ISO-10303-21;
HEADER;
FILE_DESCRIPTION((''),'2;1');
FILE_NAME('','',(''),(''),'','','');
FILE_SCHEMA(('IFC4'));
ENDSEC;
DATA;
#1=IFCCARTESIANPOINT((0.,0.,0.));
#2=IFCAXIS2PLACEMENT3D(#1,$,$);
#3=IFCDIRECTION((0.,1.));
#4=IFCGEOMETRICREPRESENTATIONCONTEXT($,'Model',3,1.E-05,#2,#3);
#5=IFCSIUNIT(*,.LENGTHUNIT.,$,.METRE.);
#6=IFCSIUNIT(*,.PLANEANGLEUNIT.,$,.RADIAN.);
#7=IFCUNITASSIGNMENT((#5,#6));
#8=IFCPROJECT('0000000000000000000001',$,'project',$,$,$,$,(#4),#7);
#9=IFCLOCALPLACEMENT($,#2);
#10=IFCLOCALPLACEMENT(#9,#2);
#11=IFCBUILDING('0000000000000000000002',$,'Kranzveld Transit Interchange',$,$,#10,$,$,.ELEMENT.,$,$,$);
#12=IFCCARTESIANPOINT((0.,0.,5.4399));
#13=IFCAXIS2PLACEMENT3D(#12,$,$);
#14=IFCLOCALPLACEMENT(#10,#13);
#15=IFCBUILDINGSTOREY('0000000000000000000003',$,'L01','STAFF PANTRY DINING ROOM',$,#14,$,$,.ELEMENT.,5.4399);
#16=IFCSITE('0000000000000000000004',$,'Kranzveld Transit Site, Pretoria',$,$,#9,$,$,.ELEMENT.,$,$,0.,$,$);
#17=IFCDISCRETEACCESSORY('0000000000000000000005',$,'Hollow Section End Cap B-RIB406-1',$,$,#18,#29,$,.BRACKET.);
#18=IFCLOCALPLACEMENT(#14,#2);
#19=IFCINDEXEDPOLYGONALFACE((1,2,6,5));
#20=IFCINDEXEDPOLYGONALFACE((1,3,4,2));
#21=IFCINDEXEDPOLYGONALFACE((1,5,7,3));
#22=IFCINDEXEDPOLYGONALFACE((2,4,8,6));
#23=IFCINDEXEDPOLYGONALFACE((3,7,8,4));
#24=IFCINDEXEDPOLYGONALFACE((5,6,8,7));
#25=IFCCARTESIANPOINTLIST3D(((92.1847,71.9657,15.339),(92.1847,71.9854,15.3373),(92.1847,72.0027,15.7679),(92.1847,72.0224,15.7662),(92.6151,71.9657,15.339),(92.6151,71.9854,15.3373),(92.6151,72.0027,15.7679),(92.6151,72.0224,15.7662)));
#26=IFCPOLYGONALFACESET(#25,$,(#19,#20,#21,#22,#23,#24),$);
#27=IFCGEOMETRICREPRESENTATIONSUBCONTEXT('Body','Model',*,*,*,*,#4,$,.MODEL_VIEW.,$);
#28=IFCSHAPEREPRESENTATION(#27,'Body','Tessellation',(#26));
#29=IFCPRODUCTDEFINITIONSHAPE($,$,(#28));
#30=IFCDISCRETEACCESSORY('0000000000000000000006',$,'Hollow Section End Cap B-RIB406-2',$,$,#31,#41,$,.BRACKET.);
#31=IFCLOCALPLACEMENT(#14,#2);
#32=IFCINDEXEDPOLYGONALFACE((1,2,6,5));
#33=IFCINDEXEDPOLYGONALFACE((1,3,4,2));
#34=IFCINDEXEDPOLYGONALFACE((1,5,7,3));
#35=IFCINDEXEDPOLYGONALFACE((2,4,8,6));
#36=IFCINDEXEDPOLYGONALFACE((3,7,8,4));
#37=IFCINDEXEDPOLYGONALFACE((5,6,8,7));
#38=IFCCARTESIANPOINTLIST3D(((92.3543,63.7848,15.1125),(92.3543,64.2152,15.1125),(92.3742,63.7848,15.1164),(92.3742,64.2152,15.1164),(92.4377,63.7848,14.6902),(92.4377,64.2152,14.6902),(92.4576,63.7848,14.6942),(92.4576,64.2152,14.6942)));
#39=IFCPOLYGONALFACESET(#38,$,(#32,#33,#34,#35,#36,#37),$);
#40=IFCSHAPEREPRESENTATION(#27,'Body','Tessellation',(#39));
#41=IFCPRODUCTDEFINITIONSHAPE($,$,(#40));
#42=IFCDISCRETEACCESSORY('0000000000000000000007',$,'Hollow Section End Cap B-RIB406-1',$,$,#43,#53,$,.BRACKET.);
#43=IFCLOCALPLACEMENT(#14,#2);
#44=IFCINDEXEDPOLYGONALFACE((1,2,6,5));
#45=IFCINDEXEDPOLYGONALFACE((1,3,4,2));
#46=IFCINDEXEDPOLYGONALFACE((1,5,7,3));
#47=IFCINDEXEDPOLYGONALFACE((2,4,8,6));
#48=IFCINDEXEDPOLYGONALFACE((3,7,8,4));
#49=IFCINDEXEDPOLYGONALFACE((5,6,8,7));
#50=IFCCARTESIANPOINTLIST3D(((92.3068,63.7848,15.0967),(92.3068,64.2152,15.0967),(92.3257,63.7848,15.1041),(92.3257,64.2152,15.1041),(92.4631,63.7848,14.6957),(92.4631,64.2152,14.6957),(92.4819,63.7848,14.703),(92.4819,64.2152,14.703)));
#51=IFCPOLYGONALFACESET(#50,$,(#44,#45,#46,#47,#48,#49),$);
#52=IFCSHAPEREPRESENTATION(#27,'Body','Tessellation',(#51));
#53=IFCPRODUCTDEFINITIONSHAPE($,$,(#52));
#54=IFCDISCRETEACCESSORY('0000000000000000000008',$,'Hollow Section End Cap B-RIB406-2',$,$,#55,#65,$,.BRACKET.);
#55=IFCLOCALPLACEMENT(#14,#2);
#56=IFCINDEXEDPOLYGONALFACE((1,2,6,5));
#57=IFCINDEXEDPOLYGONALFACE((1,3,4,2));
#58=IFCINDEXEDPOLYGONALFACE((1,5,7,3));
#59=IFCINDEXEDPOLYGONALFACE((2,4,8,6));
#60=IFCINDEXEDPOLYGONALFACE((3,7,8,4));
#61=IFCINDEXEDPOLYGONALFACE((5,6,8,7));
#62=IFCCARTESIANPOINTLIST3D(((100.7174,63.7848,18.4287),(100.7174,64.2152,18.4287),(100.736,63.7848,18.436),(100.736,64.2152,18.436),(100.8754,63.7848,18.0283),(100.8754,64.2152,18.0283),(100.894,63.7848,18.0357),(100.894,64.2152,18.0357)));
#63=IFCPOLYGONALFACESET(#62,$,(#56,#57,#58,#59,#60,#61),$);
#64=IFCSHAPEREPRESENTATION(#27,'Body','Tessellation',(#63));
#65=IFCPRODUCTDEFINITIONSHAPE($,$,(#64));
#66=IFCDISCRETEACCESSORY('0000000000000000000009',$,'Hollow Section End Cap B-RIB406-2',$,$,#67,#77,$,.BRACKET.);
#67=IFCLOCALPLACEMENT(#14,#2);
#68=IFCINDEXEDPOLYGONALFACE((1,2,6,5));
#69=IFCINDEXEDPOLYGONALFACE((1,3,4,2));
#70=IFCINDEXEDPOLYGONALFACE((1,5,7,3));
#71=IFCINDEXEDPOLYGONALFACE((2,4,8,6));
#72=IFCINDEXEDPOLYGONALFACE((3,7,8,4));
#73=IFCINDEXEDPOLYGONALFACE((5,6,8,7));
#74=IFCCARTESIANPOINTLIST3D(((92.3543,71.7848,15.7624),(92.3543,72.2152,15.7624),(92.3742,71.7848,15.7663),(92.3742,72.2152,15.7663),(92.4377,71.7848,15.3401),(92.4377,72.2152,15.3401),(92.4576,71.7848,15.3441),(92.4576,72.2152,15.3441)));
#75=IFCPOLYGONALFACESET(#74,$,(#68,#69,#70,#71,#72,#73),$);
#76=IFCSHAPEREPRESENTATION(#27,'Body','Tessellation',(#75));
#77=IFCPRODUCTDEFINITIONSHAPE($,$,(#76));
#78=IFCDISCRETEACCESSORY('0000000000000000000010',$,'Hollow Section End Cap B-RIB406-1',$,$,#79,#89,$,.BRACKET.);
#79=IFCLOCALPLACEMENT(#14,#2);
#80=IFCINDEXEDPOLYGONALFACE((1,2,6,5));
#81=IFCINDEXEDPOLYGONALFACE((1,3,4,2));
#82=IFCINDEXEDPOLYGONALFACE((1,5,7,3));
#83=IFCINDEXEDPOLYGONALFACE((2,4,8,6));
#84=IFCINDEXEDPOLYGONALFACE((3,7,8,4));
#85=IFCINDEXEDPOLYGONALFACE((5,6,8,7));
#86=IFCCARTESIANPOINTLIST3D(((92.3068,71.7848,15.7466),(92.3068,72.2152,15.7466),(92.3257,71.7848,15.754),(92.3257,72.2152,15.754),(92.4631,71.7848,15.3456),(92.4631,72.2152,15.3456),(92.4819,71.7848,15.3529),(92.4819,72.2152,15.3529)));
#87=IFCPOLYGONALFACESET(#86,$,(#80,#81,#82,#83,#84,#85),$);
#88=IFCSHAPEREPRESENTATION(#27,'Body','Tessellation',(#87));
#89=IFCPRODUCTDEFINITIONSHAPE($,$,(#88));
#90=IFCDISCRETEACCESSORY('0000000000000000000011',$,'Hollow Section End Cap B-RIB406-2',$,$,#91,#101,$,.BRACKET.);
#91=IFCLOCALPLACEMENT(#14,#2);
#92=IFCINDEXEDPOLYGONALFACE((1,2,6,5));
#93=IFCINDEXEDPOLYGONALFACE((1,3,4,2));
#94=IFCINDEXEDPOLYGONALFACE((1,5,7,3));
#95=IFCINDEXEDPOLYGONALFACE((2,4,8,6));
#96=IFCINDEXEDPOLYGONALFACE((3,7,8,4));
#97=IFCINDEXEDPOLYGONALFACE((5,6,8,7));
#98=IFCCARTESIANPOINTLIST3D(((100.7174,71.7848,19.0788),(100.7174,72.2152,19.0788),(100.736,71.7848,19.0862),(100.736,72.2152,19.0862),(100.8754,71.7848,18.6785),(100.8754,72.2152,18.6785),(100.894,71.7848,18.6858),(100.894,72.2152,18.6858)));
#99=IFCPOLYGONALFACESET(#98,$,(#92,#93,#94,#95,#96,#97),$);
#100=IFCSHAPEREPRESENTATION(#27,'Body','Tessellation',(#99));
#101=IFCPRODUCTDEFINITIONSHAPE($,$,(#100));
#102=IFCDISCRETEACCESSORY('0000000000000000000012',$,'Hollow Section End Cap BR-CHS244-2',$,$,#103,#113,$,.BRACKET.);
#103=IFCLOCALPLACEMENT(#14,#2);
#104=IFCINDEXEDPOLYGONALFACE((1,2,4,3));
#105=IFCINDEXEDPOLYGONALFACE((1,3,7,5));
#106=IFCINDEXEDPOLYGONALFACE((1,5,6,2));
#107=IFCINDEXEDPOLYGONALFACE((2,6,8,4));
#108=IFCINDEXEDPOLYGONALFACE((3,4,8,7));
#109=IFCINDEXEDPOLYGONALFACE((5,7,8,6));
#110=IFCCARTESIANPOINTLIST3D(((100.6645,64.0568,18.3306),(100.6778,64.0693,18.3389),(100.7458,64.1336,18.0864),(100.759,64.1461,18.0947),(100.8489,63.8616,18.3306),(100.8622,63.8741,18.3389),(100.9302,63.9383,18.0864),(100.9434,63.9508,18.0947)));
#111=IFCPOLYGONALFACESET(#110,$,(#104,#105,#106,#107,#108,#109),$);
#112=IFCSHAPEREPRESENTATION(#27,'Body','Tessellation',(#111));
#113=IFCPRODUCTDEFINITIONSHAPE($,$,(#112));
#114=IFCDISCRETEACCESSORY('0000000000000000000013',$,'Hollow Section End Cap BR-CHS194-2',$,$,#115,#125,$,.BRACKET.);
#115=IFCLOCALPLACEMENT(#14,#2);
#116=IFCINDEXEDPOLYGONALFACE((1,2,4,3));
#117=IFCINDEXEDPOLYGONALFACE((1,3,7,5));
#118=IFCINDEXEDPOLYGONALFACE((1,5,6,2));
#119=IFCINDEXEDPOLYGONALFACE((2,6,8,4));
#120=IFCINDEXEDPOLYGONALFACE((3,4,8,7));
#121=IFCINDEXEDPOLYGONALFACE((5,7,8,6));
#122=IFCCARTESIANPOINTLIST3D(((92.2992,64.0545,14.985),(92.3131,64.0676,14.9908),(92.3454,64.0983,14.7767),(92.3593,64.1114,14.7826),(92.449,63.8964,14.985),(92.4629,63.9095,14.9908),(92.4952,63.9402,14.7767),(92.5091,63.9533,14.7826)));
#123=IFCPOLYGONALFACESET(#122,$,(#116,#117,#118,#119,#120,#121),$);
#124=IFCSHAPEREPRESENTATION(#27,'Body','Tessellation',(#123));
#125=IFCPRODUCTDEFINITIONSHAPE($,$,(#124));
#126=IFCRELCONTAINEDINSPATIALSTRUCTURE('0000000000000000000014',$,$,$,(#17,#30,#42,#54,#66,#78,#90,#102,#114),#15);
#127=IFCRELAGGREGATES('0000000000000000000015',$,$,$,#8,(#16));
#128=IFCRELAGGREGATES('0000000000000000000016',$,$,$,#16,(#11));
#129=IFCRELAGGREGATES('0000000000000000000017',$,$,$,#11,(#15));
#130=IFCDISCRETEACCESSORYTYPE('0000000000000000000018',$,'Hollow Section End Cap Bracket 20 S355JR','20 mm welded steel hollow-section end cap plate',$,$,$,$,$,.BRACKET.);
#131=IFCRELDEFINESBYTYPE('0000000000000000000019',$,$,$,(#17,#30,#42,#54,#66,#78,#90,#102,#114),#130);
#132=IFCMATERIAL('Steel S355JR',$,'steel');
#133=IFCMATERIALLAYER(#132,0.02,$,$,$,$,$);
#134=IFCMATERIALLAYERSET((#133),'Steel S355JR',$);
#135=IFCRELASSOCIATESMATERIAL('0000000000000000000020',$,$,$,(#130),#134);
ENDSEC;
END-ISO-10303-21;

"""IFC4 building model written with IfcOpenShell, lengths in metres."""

from ifc_helpers import new_model, si_unit, direction, frame, origin, origin_2d, place, context, subcontext, project, spatial, rectangle, extrude, material, layer, layer_set, type_object, element, save


model = new_model("IFC4")

# Units and contexts
model_context = context("Model", 3, precision=1e-05, world=origin(), true_north=direction((0.0, 1.0)))
body_context = subcontext(model_context, "Body", "Model", "MODEL_VIEW")
ifc_project = project(units=[si_unit("LENGTHUNIT", "METRE"), si_unit("PLANEANGLEUNIT", "RADIAN")], contexts=[model_context])

# Site, building, storey
site_placement = place(None, origin())
site = spatial("IfcSite", under=ifc_project, at=site_placement, Name="Kranzveld Transit Site, Pretoria", CompositionType="ELEMENT", RefElevation=0.0)
building_placement = place(site_placement, origin())
building = spatial("IfcBuilding", under=site, at=building_placement, Name="Kranzveld Transit Interchange", CompositionType="ELEMENT")
storey_placement = place(building_placement, frame((0.0, 0.0, 5.4399)))
storey = spatial("IfcBuildingStorey", under=building, at=storey_placement, Name="L01", Description="STAFF PANTRY DINING ROOM", CompositionType="ELEMENT", Elevation=5.4399)

# Discrete accessories
ifc_material_1 = material(Name="Steel S355JR", Category="steel")
ifc_layer_1 = layer(ifc_material_1, 0.02)
ifc_layer_set_1 = layer_set([ifc_layer_1], Name="Steel S355JR")
discrete_accessory_type = type_object("IfcDiscreteAccessoryType", Name="Hollow Section End Cap Bracket 20 S355JR", Description="20 mm welded steel hollow-section end cap plate", PredefinedType="BRACKET", material=ifc_layer_set_1)
for number, where, z_axis, x_axis, name in (
    (1, (92.3999, 72.0039, 15.5518), (0.0, -0.996287, 0.086099), (1.0, 0.0, 0.0), "Hollow Section End Cap B-RIB406-1"),
):
    element("IfcDiscreteAccessory", number, at=place(storey_placement, frame(where, z_axis=z_axis, x_axis=x_axis)), inside=storey, type_object=discrete_accessory_type, Name=name, PredefinedType="BRACKET", context=body_context, shape_type="SweptSolid", body=[
        extrude(rectangle(XDim=0.4304, YDim=0.4304, at=origin_2d()), origin(), (0.0, 0.0, 1.0), 0.0198),
    ])
for number, where, z_axis, x_axis, name in (
    (2, (92.396, 64.0, 14.9014), (0.981044, 0.0, 0.193786), (0.0, 1.0, 0.0), "Hollow Section End Cap B-RIB406-2"),
    (3, (92.4038, 64.0, 14.9036), (-0.931777, 0.0, -0.36303), (0.0, -1.0, 0.0), "Hollow Section End Cap B-RIB406-1"),
):
    element("IfcDiscreteAccessory", number, at=place(storey_placement, frame(where, z_axis=z_axis, x_axis=x_axis)), inside=storey, type_object=discrete_accessory_type, Name=name, PredefinedType="BRACKET", context=body_context, shape_type="SweptSolid", body=[
        extrude(rectangle(XDim=0.4304, YDim=0.4304, at=origin_2d()), origin(), (0.0, 0.0, 1.0), 0.0203),
    ])
discrete_accessory_1_placement = place(storey_placement, frame((100.7964, 64.0, 18.2285), z_axis=(0.930155, 0.0, 0.367167), x_axis=(0.0, 1.0, 0.0)))
element("IfcDiscreteAccessory", 4, at=discrete_accessory_1_placement, inside=storey, type_object=discrete_accessory_type, Name="Hollow Section End Cap B-RIB406-2", PredefinedType="BRACKET", context=body_context, shape_type="SweptSolid", body=[
    extrude(rectangle(XDim=0.4304, YDim=0.4304, at=origin_2d()), origin(), (0.0, 0.0, 1.0), 0.02),
])
for number, where, z_axis, x_axis, name in (
    (5, (92.396, 72.0, 15.5513), (0.981044, 0.0, 0.193786), (0.0, 1.0, 0.0), "Hollow Section End Cap B-RIB406-2"),
    (6, (92.4038, 72.0, 15.5535), (-0.931777, 0.0, -0.36303), (0.0, -1.0, 0.0), "Hollow Section End Cap B-RIB406-1"),
):
    element("IfcDiscreteAccessory", number, at=place(storey_placement, frame(where, z_axis=z_axis, x_axis=x_axis)), inside=storey, type_object=discrete_accessory_type, Name=name, PredefinedType="BRACKET", context=body_context, shape_type="SweptSolid", body=[
        extrude(rectangle(XDim=0.4304, YDim=0.4304, at=origin_2d()), origin(), (0.0, 0.0, 1.0), 0.0203),
    ])
discrete_accessory_2_placement = place(storey_placement, frame((100.7964, 72.0, 18.8787), z_axis=(0.930155, 0.0, 0.367167), x_axis=(0.0, 1.0, 0.0)))
element("IfcDiscreteAccessory", 7, at=discrete_accessory_2_placement, inside=storey, type_object=discrete_accessory_type, Name="Hollow Section End Cap B-RIB406-2", PredefinedType="BRACKET", context=body_context, shape_type="SweptSolid", body=[
    extrude(rectangle(XDim=0.4304, YDim=0.4304, at=origin_2d()), origin(), (0.0, 0.0, 1.0), 0.02),
])
discrete_accessory_3_placement = place(storey_placement, frame((100.7974, 63.9976, 18.2085), z_axis=(0.661048, 0.624323, 0.416216), x_axis=(-0.686624, 0.727013, 0.0)))
element("IfcDiscreteAccessory", 8, at=discrete_accessory_3_placement, inside=storey, type_object=discrete_accessory_type, Name="Hollow Section End Cap BR-CHS244-2", PredefinedType="BRACKET", context=body_context, shape_type="SweptSolid", body=[
    extrude(rectangle(XDim=0.2686, YDim=0.2686, at=origin_2d()), origin(), (0.0, 0.0, 1.0), 0.02),
])
discrete_accessory_4_placement = place(storey_placement, frame((92.3972, 63.9973, 14.8809), z_axis=(0.694245, 0.657706, 0.292314), x_axis=(-0.687745, 0.725953, 0.0)))
element("IfcDiscreteAccessory", 9, at=discrete_accessory_4_placement, inside=storey, type_object=discrete_accessory_type, Name="Hollow Section End Cap BR-CHS194-2", PredefinedType="BRACKET", context=body_context, shape_type="SweptSolid", body=[
    extrude(rectangle(XDim=0.2178, YDim=0.2178, at=origin_2d()), origin(), (0.0, 0.0, 1.0), 0.02),
])

save(model, "model.ifc")
